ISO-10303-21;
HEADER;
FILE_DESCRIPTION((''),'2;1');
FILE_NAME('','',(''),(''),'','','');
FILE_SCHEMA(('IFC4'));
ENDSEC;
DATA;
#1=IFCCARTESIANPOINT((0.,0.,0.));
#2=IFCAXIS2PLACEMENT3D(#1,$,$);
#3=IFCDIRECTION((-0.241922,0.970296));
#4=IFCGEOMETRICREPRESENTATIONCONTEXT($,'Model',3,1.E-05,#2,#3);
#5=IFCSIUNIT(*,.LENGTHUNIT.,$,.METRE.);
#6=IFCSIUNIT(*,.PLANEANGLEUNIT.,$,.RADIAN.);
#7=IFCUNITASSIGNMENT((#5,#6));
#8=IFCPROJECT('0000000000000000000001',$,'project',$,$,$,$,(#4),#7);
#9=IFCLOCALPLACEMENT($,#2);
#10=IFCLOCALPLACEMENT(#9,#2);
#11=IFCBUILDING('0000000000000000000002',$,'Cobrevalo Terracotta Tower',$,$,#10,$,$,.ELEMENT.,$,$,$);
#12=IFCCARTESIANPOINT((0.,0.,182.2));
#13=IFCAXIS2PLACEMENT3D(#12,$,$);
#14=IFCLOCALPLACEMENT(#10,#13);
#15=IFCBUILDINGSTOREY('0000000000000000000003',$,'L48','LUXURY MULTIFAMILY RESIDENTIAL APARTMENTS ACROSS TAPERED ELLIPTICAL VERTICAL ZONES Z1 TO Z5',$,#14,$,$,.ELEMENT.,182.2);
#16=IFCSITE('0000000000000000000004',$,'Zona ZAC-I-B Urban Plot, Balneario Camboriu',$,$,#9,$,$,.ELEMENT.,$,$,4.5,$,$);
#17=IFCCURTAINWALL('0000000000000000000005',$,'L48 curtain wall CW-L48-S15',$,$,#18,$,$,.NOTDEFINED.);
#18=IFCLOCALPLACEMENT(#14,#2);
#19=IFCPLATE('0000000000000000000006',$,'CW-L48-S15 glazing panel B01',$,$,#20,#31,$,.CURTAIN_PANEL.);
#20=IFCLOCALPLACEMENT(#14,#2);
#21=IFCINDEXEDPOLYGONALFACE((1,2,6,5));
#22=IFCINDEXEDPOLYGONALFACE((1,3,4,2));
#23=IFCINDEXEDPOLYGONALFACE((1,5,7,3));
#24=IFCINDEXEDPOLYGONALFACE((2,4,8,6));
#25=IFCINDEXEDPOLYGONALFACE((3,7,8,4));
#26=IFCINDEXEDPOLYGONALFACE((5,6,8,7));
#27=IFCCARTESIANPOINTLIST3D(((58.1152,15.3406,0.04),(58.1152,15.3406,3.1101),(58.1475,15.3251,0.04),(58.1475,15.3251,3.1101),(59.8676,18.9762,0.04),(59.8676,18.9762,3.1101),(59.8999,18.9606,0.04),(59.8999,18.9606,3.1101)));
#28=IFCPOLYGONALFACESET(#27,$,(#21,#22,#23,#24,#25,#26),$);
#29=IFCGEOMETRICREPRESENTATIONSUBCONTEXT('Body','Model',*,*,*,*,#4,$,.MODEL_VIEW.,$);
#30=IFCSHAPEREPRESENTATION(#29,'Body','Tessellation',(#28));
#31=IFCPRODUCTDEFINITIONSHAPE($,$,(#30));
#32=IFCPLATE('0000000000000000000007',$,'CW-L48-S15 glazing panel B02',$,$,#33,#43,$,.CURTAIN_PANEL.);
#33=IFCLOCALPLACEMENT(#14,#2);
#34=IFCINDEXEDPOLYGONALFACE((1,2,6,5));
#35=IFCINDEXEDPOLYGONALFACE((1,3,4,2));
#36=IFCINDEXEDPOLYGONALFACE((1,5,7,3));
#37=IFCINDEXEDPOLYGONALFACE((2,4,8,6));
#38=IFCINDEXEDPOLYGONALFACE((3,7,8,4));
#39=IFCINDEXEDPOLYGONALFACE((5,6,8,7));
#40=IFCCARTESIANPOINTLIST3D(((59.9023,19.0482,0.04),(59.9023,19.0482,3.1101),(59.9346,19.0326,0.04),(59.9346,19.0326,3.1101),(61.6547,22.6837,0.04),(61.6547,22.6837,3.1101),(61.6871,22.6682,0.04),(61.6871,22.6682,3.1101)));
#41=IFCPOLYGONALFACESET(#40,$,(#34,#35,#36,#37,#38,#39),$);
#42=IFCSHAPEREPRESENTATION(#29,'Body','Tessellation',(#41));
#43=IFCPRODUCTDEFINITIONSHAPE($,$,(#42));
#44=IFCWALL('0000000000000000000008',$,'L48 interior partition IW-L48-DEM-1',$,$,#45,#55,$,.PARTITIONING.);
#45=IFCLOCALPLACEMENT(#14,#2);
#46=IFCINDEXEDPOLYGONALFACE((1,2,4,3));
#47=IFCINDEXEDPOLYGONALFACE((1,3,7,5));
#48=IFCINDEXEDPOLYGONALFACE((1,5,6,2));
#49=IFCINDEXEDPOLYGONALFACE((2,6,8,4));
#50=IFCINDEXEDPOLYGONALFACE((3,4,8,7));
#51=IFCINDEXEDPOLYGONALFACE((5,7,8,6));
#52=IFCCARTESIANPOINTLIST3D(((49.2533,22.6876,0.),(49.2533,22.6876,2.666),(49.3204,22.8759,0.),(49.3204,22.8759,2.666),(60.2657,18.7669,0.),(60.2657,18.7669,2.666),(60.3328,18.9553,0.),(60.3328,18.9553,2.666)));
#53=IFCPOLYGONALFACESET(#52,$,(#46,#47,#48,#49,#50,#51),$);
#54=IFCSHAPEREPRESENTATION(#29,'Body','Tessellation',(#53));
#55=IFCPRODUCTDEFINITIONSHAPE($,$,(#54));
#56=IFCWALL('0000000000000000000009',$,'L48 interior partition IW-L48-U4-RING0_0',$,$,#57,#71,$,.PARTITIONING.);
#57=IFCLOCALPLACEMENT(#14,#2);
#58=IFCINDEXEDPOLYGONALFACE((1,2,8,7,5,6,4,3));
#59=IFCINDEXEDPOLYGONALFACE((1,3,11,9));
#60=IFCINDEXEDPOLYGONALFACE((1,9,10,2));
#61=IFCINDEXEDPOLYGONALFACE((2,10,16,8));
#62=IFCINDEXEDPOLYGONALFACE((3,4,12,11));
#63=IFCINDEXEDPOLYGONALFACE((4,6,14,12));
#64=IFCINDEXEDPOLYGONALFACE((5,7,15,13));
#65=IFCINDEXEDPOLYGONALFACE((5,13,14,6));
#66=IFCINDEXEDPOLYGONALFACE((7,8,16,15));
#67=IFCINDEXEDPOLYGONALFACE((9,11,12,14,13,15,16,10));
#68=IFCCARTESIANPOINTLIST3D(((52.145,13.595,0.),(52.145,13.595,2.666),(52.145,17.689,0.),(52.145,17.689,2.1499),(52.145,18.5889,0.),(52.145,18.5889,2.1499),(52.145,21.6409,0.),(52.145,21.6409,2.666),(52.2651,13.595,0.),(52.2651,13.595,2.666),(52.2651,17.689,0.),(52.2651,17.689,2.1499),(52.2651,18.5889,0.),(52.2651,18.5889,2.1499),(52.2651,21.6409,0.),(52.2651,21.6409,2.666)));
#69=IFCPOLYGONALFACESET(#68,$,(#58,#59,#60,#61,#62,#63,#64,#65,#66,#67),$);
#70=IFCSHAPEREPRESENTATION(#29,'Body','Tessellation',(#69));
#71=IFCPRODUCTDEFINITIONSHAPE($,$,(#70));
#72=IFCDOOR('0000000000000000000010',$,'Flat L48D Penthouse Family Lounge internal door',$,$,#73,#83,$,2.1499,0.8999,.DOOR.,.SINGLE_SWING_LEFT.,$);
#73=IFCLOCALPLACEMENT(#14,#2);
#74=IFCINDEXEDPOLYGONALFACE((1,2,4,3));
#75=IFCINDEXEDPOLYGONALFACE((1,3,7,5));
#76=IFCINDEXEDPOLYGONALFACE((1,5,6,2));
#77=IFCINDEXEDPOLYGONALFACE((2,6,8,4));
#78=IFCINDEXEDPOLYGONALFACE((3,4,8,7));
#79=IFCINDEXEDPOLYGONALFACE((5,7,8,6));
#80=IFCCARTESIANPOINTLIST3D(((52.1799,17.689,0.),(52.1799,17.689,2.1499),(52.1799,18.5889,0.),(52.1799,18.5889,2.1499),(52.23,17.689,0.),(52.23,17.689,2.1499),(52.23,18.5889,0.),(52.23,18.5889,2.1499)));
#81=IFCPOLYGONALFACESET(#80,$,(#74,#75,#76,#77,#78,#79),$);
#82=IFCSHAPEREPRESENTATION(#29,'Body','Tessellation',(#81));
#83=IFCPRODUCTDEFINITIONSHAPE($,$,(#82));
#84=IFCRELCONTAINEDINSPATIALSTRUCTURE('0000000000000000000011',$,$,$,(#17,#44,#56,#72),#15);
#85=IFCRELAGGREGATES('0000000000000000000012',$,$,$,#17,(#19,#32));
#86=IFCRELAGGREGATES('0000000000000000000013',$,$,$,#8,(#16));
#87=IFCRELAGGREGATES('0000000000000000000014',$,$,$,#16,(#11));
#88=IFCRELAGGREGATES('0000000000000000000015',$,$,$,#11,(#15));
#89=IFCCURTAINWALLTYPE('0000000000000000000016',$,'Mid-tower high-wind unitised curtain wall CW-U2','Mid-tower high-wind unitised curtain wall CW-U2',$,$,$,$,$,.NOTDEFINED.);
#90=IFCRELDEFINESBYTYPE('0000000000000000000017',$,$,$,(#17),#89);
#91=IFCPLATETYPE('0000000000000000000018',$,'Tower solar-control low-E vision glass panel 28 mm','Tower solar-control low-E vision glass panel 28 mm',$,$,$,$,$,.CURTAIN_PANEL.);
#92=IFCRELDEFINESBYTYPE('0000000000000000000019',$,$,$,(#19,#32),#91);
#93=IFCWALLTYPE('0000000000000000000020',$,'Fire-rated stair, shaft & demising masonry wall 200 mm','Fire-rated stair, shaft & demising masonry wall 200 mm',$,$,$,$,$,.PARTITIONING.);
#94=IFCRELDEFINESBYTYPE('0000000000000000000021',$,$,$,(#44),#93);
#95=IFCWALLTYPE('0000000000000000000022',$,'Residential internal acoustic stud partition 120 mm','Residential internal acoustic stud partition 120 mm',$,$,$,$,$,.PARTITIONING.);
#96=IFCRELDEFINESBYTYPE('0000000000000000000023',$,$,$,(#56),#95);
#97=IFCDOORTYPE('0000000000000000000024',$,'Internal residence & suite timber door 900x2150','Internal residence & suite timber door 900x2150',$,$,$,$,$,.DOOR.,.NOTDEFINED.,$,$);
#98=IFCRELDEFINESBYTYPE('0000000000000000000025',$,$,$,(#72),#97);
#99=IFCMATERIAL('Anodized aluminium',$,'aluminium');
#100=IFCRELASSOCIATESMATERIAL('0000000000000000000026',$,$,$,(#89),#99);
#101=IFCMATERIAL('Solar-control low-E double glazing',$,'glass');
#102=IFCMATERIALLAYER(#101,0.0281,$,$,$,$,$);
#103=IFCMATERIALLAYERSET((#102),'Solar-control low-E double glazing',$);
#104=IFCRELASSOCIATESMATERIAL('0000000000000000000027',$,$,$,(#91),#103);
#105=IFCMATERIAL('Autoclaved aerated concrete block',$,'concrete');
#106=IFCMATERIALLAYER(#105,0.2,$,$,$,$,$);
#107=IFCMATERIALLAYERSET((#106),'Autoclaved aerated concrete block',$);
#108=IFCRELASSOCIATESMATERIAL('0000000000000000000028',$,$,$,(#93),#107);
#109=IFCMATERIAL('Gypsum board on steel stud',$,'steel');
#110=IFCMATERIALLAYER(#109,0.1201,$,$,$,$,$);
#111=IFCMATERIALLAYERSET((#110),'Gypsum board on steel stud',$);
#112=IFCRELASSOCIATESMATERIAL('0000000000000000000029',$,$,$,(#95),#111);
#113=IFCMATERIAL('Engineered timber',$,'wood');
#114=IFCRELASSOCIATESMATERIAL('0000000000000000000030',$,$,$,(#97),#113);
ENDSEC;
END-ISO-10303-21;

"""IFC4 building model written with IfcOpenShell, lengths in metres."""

from ifc_helpers import new_model, si_unit, direction, frame, frame_2d, origin, origin_2d, place, context, subcontext, project, spatial, rectangle, extrude, source, transform, mapped, material, layer, layer_set, type_object, element, fill, aggregate, save


model = new_model("IFC4")

# Units and contexts
model_context = context("Model", 3, precision=1e-05, world=origin(), true_north=direction((-0.241922, 0.970296)))
body_context = subcontext(model_context, "Body", "Model", "MODEL_VIEW")
ifc_project = project(units=[si_unit("LENGTHUNIT", "METRE"), si_unit("PLANEANGLEUNIT", "RADIAN")], contexts=[model_context])

# Site, building, storey
site_placement = place(None, origin())
site = spatial("IfcSite", under=ifc_project, at=site_placement, Name="Zona ZAC-I-B Urban Plot, Balneario Camboriu", CompositionType="ELEMENT", RefElevation=4.5)
building_placement = place(site_placement, origin())
building = spatial("IfcBuilding", under=site, at=building_placement, Name="Cobrevalo Terracotta Tower", CompositionType="ELEMENT")
storey_placement = place(building_placement, frame((0.0, 0.0, 182.2)))
storey = spatial("IfcBuildingStorey", under=building, at=storey_placement, Name="L48", Description="LUXURY MULTIFAMILY RESIDENTIAL APARTMENTS ACROSS TAPERED ELLIPTICAL VERTICAL ZONES Z1 TO Z5", CompositionType="ELEMENT", Elevation=182.2)

# Curtain wall
ifc_material_1 = material(Name="Anodized aluminium", Category="aluminium")
curtain_wall_type = type_object("IfcCurtainWallType", Name="Mid-tower high-wind unitised curtain wall CW-U2", Description="Mid-tower high-wind unitised curtain wall CW-U2", PredefinedType="NOTDEFINED", material=ifc_material_1)
curtain_wall_1_placement = place(storey_placement, origin())
curtain_wall_1 = element("IfcCurtainWall", 1, at=curtain_wall_1_placement, inside=storey, type_object=curtain_wall_type, Name="L48 curtain wall CW-L48-S15", PredefinedType="NOTDEFINED")

# Plates
ifc_material_2 = material(Name="Solar-control low-E double glazing", Category="glass")
ifc_layer_1 = layer(ifc_material_2, 0.0281)
ifc_layer_set_1 = layer_set([ifc_layer_1], Name="Solar-control low-E double glazing")
plate_type_1 = type_object("IfcPlateType", Name="Tower solar-control low-E vision glass panel 28 mm", Description="Tower solar-control low-E vision glass panel 28 mm", PredefinedType="CURTAIN_PANEL", material=ifc_layer_set_1)
shared_shape_1 = source(origin(), body_context, "Body", "SweptSolid", [
    extrude(rectangle(XDim=4.0359, YDim=0.0359, at=origin_2d()), origin(), (0.0, 0.0, 1.0), 3.0701),
])
plate_1_placement = place(storey_placement, frame((59.0076, 17.1506, 0.04), z_axis=(0.0, 0.0, 1.0), x_axis=(0.434209, 0.900812, 0.0)))
plate_1 = element("IfcPlate", 2, at=plate_1_placement, type_object=plate_type_1, Name="CW-L48-S15 glazing panel B01", PredefinedType="CURTAIN_PANEL", context=body_context, shape_type="MappedRepresentation", body=[
    mapped(shared_shape_1, transform((0.0, 0.0, 0.0), scale=1.0)),
])
plate_2_placement = place(storey_placement, frame((60.7947, 20.8582, 0.04), z_axis=(0.0, 0.0, 1.0), x_axis=(0.434209, 0.900812, 0.0)))
plate_2 = element("IfcPlate", 3, at=plate_2_placement, type_object=plate_type_1, Name="CW-L48-S15 glazing panel B02", PredefinedType="CURTAIN_PANEL", context=body_context, shape_type="MappedRepresentation", body=[
    mapped(shared_shape_1, transform((0.0, 0.0, 0.0), scale=1.0)),
])
aggregate(curtain_wall_1, [plate_1, plate_2])

# Wall
ifc_material_3 = material(Name="Autoclaved aerated concrete block", Category="concrete")
ifc_layer_2 = layer(ifc_material_3, 0.2)
ifc_layer_set_2 = layer_set([ifc_layer_2], Name="Autoclaved aerated concrete block")
wall_type_1 = type_object("IfcWallType", Name="Fire-rated stair, shaft & demising masonry wall 200 mm", Description="Fire-rated stair, shaft & demising masonry wall 200 mm", PredefinedType="PARTITIONING", material=ifc_layer_set_2)
wall_1_placement = place(storey_placement, frame((49.2869, 22.7817, 0.0), z_axis=(0.0, 0.0, 1.0), x_axis=(0.942076, -0.335398, 0.0)))
element("IfcWall", 4, at=wall_1_placement, inside=storey, type_object=wall_type_1, Name="L48 interior partition IW-L48-DEM-1", PredefinedType="PARTITIONING", context=body_context, shape_type="SweptSolid", body=[
    extrude(rectangle(XDim=11.6895, YDim=0.2, at=frame_2d((5.8447, 0.0))), origin(), (0.0, 0.0, 1.0), 2.666),
])

# Wall, opening, door
ifc_material_4 = material(Name="Gypsum board on steel stud", Category="steel")
ifc_layer_3 = layer(ifc_material_4, 0.1201)
ifc_layer_set_3 = layer_set([ifc_layer_3], Name="Gypsum board on steel stud")
wall_type_2 = type_object("IfcWallType", Name="Residential internal acoustic stud partition 120 mm", Description="Residential internal acoustic stud partition 120 mm", PredefinedType="PARTITIONING", material=ifc_layer_set_3)
wall_2_placement = place(storey_placement, frame((52.2051, 21.6409, 0.0), z_axis=(0.0, 0.0, 1.0), x_axis=(0.0, -1.0, 0.0)))
wall_2 = element("IfcWall", 5, at=wall_2_placement, inside=storey, type_object=wall_type_2, Name="L48 interior partition IW-L48-U4-RING0_0", PredefinedType="PARTITIONING", context=body_context, shape_type="SweptSolid", body=[
    extrude(rectangle(XDim=8.0459, YDim=0.1201, at=frame_2d((4.0229, 0.0))), origin(), (0.0, 0.0, 1.0), 2.666),
])
opening_1_placement = place(wall_2_placement, frame((3.052, 0.0, 0.0)))
opening_1 = element("IfcOpeningElement", 6, at=opening_1_placement, cuts=wall_2, PredefinedType="OPENING", context=body_context, shape_type="SweptSolid", body=[
    extrude(rectangle(XDim=0.8999, YDim=2.1499, at=frame_2d((0.45, 1.075))), frame((0.0, 0.0701, 0.0), z_axis=(0.0, -1.0, 0.0), x_axis=(1.0, 0.0, 0.0)), (0.0, 0.0, 1.0), 0.1401),
])
ifc_material_5 = material(Name="Engineered timber", Category="wood")
door_type = type_object("IfcDoorType", Name="Internal residence & suite timber door 900x2150", Description="Internal residence & suite timber door 900x2150", OperationType="NOTDEFINED", PredefinedType="DOOR", material=ifc_material_5)
shared_shape_2 = source(origin(), body_context, "Body", "SweptSolid", [
    extrude(rectangle(XDim=0.8999, YDim=2.1499, at=frame_2d((0.45, 1.075))), frame((0.0, 0.0249, 0.0), z_axis=(0.0, -1.0, 0.0), x_axis=(1.0, 0.0, 0.0)), (0.0, 0.0, 1.0), 0.05),
])
door_1_placement = place(opening_1_placement, origin())
door_1 = element("IfcDoor", 7, at=door_1_placement, inside=storey, type_object=door_type, Name="Flat L48D Penthouse Family Lounge internal door", OperationType="SINGLE_SWING_LEFT", OverallHeight=2.1499, OverallWidth=0.8999, PredefinedType="DOOR", context=body_context, shape_type="MappedRepresentation", body=[
    mapped(shared_shape_2, transform((0.0, 0.0, 0.0), scale=1.0)),
])
fill(opening_1, door_1)

save(model, "model.ifc")
